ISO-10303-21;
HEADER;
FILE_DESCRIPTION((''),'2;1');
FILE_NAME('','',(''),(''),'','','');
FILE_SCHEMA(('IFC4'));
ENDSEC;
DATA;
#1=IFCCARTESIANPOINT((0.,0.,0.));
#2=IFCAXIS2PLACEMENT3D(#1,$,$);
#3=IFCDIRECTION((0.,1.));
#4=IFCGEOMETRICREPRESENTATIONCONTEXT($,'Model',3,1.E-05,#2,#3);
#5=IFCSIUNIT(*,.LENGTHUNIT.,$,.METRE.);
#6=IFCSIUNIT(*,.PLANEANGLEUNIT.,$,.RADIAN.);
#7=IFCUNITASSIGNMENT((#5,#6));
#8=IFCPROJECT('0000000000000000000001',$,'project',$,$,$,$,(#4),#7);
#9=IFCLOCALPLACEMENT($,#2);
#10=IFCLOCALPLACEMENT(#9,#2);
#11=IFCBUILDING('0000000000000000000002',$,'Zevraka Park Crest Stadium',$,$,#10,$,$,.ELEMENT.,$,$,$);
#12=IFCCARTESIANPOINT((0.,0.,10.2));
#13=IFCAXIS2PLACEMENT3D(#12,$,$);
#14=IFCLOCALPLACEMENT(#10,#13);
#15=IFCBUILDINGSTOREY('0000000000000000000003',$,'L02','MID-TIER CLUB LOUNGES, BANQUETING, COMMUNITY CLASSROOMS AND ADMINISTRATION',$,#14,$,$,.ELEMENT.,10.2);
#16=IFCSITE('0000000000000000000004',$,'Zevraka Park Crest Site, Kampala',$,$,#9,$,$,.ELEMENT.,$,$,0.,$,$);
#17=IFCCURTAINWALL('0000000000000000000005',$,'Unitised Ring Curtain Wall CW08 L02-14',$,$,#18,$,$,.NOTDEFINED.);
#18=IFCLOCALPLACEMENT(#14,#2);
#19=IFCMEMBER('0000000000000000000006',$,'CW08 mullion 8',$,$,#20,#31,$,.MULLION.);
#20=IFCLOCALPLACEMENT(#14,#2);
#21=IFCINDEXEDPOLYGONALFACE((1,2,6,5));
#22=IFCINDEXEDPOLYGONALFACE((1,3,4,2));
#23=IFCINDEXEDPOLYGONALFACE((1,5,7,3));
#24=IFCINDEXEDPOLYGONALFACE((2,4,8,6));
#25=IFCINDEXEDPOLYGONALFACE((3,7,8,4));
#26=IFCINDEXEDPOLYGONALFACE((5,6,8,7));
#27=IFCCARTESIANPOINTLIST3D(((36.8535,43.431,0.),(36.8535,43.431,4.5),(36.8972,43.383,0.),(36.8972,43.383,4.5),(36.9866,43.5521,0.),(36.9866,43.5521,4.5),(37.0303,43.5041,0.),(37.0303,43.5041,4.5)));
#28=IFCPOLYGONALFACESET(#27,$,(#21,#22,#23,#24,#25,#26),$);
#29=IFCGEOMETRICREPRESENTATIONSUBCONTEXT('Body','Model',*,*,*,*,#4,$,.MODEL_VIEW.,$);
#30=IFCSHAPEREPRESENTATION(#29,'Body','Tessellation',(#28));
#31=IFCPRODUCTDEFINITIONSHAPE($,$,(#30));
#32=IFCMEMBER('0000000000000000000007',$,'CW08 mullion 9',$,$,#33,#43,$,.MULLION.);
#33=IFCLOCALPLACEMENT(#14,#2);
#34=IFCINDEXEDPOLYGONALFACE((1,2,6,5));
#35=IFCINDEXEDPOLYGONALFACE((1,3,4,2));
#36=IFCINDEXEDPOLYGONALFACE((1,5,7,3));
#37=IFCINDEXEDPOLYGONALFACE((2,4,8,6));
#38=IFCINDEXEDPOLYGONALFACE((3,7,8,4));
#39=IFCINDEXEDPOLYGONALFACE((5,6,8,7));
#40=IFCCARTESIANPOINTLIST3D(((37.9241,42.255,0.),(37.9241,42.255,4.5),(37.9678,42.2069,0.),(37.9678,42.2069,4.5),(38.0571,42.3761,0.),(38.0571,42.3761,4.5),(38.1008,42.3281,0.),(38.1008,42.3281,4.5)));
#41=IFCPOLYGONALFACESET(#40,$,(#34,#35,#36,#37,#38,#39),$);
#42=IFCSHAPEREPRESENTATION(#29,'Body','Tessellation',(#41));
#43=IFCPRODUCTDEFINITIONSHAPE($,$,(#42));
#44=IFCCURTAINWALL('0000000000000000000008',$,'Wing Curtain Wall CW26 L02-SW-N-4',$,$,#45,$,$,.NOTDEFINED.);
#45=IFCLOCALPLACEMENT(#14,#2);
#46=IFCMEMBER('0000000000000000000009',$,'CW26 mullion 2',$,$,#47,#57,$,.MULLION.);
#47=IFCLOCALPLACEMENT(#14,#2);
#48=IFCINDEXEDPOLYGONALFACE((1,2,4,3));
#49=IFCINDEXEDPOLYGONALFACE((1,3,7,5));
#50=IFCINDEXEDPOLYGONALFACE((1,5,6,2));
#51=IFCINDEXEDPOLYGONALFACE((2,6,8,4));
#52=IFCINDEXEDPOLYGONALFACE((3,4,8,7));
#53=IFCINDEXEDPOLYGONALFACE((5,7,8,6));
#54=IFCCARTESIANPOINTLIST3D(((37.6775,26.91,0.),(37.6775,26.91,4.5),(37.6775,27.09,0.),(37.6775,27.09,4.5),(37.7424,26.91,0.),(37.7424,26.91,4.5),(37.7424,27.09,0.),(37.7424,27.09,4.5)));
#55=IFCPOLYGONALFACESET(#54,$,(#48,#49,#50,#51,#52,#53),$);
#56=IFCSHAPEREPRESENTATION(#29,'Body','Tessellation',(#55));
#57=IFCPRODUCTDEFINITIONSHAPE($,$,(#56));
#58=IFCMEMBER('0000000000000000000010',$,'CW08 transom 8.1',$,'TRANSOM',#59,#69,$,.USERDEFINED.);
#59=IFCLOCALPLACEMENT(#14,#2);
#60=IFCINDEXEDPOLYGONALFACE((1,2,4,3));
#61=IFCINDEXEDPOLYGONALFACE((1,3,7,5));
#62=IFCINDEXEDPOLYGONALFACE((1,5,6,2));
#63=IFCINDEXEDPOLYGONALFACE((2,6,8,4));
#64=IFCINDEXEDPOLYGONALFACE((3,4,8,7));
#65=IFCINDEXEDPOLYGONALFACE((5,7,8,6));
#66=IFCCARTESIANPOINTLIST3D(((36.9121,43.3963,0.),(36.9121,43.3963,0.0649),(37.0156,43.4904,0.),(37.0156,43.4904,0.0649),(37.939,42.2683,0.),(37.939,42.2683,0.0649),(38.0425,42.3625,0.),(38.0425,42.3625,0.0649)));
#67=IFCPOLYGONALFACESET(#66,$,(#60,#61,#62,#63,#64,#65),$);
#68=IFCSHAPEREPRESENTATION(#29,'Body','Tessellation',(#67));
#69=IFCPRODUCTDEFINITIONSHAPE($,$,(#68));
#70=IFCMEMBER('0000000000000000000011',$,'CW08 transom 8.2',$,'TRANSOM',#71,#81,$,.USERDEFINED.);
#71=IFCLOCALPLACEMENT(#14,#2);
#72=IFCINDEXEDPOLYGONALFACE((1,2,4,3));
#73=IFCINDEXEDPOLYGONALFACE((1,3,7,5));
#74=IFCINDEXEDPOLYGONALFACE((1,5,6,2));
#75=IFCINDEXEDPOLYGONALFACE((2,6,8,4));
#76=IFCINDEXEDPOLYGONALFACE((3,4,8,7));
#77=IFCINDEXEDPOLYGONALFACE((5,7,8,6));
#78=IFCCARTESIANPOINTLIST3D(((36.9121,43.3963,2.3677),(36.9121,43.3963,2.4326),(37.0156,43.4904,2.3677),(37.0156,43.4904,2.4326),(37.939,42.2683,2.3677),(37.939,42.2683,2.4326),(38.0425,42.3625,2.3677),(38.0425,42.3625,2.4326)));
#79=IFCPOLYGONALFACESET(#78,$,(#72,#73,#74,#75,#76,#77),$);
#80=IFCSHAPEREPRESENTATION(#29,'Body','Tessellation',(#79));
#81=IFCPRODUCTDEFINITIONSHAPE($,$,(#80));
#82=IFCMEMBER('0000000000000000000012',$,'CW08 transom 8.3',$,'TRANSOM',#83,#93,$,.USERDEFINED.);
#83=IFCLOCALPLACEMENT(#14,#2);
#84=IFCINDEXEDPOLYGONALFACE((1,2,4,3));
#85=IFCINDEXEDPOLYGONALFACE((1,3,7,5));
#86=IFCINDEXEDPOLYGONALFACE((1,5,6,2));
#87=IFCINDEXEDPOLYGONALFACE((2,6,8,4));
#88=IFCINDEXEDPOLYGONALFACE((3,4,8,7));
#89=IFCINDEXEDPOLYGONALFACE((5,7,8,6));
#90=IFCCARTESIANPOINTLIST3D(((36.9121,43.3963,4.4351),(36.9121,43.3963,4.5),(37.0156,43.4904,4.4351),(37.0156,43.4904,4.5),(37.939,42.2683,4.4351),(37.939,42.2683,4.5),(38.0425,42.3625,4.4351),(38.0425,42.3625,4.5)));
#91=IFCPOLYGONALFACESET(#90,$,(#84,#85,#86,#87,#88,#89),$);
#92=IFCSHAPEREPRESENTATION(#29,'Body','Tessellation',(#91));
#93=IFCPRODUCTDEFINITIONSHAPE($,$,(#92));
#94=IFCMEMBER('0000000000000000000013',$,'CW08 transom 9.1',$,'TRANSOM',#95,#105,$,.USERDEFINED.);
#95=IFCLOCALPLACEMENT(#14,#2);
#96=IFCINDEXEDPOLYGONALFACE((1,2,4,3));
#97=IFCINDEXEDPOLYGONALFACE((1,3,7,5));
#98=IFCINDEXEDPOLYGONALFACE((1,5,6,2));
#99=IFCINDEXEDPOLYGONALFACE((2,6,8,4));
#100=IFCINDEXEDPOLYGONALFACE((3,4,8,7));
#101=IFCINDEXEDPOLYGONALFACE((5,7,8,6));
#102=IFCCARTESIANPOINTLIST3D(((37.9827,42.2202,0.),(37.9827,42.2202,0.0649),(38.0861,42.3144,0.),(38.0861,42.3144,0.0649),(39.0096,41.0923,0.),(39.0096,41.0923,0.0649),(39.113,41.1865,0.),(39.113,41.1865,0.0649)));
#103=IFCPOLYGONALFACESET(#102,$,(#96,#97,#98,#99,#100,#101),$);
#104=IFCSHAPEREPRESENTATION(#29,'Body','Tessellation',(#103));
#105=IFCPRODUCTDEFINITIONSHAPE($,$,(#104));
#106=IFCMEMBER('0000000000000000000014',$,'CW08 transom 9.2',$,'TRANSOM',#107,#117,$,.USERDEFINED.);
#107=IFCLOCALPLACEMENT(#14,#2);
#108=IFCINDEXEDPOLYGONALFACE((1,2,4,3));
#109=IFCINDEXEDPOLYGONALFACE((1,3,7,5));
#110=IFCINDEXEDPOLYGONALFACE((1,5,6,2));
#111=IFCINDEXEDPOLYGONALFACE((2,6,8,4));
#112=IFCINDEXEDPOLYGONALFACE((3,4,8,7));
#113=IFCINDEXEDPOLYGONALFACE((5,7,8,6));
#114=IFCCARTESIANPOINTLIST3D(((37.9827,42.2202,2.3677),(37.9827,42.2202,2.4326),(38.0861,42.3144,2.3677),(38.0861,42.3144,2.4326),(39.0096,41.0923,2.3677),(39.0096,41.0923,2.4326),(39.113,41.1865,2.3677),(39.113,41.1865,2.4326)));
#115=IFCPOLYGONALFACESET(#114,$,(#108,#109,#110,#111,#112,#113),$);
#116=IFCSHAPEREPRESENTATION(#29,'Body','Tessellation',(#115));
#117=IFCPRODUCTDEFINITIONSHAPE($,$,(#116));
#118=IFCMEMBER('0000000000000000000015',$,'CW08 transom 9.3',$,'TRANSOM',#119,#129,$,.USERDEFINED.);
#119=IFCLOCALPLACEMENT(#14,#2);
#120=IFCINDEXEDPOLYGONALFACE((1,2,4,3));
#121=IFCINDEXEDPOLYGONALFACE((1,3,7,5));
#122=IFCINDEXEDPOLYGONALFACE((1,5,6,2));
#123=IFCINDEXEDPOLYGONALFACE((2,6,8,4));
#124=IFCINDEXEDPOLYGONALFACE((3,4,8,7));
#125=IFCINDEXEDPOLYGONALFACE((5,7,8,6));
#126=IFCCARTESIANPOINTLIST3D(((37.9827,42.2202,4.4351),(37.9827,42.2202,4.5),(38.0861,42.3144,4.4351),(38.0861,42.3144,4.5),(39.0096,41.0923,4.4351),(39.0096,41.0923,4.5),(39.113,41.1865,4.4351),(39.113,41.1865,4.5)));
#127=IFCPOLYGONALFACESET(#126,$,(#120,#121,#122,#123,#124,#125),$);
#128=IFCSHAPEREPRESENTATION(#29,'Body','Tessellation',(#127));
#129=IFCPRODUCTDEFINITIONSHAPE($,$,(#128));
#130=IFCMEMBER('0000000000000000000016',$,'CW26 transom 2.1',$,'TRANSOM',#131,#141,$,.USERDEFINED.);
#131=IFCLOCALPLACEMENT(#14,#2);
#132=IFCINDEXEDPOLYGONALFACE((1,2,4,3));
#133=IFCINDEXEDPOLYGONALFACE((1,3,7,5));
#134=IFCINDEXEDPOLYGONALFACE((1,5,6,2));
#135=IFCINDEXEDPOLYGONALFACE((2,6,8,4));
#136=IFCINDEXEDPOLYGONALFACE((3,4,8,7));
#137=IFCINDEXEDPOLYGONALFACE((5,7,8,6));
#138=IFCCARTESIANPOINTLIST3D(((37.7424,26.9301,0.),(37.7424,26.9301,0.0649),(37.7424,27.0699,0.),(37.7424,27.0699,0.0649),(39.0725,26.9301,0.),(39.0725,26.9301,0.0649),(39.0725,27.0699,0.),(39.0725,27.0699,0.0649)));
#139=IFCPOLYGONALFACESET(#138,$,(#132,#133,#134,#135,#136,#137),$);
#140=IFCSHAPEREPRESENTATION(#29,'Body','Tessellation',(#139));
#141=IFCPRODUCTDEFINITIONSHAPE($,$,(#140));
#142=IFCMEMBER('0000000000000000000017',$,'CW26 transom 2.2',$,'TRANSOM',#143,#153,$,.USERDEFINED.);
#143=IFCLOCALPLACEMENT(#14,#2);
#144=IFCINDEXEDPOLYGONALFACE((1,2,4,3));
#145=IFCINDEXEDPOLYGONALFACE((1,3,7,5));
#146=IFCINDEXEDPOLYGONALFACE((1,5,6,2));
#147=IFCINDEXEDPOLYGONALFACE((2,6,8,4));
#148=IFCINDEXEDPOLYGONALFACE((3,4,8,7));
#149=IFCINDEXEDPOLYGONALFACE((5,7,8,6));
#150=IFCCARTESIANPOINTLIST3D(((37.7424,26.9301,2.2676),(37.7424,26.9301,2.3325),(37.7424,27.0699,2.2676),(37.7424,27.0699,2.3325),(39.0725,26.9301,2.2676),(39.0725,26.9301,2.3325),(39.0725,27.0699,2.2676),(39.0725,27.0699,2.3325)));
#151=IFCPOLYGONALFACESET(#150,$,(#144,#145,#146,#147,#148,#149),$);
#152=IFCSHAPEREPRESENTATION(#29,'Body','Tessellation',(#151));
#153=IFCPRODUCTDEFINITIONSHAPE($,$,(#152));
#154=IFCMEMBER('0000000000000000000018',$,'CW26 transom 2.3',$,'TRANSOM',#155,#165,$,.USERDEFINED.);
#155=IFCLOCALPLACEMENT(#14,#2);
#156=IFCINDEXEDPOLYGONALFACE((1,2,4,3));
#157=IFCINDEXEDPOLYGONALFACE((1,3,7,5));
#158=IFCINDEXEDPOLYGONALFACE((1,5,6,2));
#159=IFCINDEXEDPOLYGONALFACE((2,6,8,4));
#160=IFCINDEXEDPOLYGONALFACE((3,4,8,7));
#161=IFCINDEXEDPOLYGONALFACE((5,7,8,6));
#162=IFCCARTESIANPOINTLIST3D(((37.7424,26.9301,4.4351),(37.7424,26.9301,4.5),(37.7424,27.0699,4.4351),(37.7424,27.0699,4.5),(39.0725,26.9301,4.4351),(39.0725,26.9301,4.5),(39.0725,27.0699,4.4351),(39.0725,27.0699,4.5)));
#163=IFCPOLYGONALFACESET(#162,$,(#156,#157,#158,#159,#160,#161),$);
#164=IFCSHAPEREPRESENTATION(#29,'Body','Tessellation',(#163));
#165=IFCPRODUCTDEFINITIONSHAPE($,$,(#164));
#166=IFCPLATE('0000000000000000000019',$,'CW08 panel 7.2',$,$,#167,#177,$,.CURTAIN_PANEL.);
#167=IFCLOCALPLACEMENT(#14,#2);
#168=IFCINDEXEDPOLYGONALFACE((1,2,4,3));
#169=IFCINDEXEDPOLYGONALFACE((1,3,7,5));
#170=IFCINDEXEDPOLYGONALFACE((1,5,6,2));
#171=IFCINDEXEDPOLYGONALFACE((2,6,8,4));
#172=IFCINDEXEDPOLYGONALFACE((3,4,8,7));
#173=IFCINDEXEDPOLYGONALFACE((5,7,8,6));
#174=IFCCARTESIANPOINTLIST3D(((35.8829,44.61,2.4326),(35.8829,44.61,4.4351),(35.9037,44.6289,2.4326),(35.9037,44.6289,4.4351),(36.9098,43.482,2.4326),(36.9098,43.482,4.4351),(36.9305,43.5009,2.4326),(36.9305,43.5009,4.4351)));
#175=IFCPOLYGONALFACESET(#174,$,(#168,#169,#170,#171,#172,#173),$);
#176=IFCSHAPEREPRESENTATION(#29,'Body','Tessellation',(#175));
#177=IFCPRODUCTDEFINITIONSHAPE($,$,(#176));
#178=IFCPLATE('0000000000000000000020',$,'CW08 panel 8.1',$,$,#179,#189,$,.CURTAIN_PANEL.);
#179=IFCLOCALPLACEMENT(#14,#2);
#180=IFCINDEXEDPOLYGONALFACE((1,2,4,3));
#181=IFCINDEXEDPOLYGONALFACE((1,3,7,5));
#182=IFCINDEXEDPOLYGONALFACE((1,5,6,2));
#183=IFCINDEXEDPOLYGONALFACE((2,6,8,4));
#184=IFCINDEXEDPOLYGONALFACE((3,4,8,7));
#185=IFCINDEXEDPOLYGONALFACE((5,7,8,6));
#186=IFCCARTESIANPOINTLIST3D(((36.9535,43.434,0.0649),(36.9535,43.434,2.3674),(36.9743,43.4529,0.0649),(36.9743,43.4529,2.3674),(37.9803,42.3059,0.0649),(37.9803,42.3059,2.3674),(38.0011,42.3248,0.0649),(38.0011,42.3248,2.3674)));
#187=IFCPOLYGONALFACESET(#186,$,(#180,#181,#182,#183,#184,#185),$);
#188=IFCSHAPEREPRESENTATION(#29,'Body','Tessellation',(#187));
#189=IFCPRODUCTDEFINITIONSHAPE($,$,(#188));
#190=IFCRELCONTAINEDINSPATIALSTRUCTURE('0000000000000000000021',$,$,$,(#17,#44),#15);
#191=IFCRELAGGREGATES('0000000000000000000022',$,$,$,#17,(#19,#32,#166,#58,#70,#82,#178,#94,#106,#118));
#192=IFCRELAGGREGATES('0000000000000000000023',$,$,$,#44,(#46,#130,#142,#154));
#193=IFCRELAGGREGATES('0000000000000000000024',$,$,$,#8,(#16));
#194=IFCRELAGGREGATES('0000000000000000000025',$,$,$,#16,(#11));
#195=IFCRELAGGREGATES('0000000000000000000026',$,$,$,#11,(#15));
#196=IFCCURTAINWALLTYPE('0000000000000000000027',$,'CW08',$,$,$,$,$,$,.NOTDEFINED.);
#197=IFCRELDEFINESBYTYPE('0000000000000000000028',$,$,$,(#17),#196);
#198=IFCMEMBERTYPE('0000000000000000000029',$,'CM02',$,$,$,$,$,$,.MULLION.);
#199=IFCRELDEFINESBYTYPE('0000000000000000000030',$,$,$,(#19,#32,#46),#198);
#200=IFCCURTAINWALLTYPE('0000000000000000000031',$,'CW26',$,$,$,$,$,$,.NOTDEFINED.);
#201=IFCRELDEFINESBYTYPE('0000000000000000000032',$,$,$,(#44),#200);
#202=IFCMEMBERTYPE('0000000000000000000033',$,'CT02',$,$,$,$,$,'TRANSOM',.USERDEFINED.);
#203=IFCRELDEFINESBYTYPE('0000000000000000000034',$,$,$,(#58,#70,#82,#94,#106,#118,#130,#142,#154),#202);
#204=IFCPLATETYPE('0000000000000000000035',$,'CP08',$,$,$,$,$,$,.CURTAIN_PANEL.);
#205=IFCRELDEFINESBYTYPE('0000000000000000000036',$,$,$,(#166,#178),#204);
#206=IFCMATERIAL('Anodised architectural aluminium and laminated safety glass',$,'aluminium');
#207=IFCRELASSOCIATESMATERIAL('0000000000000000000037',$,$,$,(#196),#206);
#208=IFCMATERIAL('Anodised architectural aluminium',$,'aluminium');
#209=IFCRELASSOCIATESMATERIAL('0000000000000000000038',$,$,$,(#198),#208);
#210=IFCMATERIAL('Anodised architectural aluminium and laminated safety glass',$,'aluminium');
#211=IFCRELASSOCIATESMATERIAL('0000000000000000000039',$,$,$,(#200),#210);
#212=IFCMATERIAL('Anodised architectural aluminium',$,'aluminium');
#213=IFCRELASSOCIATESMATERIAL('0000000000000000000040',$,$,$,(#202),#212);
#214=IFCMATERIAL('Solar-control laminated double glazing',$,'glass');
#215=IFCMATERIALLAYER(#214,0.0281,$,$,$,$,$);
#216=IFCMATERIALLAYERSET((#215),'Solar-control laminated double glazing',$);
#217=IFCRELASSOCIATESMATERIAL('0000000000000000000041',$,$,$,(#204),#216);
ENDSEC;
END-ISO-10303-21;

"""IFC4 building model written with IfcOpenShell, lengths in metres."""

from ifc_helpers import new_model, si_unit, direction, frame, origin, origin_2d, place, context, subcontext, project, spatial, rectangle, extrude, material, layer, layer_set, material_profile, profile_set, type_object, element, aggregate, save


model = new_model("IFC4")

# Units and contexts
model_context = context("Model", 3, precision=1e-05, world=origin(), true_north=direction((0.0, 1.0)))
body_context = subcontext(model_context, "Body", "Model", "MODEL_VIEW")
ifc_project = project(units=[si_unit("LENGTHUNIT", "METRE"), si_unit("PLANEANGLEUNIT", "RADIAN")], contexts=[model_context])

# Site, building, storey
site_placement = place(None, origin())
site = spatial("IfcSite", under=ifc_project, at=site_placement, Name="Zevraka Park Crest Site, Kampala", CompositionType="ELEMENT", RefElevation=0.0)
building_placement = place(site_placement, origin())
building = spatial("IfcBuilding", under=site, at=building_placement, Name="Zevraka Park Crest Stadium", CompositionType="ELEMENT")
storey_placement = place(building_placement, frame((0.0, 0.0, 10.2)))
storey = spatial("IfcBuildingStorey", under=building, at=storey_placement, Name="L02", Description="MID-TIER CLUB LOUNGES, BANQUETING, COMMUNITY CLASSROOMS AND ADMINISTRATION", CompositionType="ELEMENT", Elevation=10.2)

# Curtain wall, members
ifc_material_1 = material(Name="Anodised architectural aluminium and laminated safety glass", Category="aluminium")
curtain_wall_type_1 = type_object("IfcCurtainWallType", Name="CW08", PredefinedType="NOTDEFINED", material=ifc_material_1)
curtain_wall_1_placement = place(storey_placement, origin())
curtain_wall_1 = element("IfcCurtainWall", 1, at=curtain_wall_1_placement, inside=storey, type_object=curtain_wall_type_1, Name="Unitised Ring Curtain Wall CW08 L02-14", PredefinedType="NOTDEFINED")
ifc_material_2 = material(Name="Anodised architectural aluminium", Category="aluminium")
ifc_material_profile_1 = material_profile(ifc_material_2, rectangle(XDim=0.1799, YDim=0.0649, at=origin_2d()), Name="ALU MULLION 180x65")
ifc_profile_set_1 = profile_set([ifc_material_profile_1], Name="Anodised architectural aluminium")
member_type_1 = type_object("IfcMemberType", Name="CM02", PredefinedType="MULLION", material=ifc_profile_set_1)
member_1_placement = place(storey_placement, frame((36.9419, 43.4675, 0.0), z_axis=(0.0, 0.0, 1.0), x_axis=(0.739497, 0.67316, 0.0)))
member_1 = element("IfcMember", 2, at=member_1_placement, type_object=member_type_1, Name="CW08 mullion 8", PredefinedType="MULLION", context=body_context, shape_type="SweptSolid", body=[
    extrude(rectangle(XDim=0.1799, YDim=0.0649, at=origin_2d()), origin(), (0.0, 0.0, 1.0), 4.5),
])
member_2_placement = place(storey_placement, frame((38.0125, 42.2915, 0.0), z_axis=(0.0, 0.0, 1.0), x_axis=(0.739497, 0.67316, 0.0)))
member_2 = element("IfcMember", 3, at=member_2_placement, type_object=member_type_1, Name="CW08 mullion 9", PredefinedType="MULLION", context=body_context, shape_type="SweptSolid", body=[
    extrude(rectangle(XDim=0.1799, YDim=0.0649, at=origin_2d()), origin(), (0.0, 0.0, 1.0), 4.5),
])

# Curtain wall, member
ifc_material_3 = material(Name="Anodised architectural aluminium and laminated safety glass", Category="aluminium")
curtain_wall_type_2 = type_object("IfcCurtainWallType", Name="CW26", PredefinedType="NOTDEFINED", material=ifc_material_3)
curtain_wall_2_placement = place(storey_placement, origin())
curtain_wall_2 = element("IfcCurtainWall", 4, at=curtain_wall_2_placement, inside=storey, type_object=curtain_wall_type_2, Name="Wing Curtain Wall CW26 L02-SW-N-4", PredefinedType="NOTDEFINED")
member_3_placement = place(storey_placement, frame((37.71, 27.0, 0.0), z_axis=(0.0, 0.0, 1.0), x_axis=(0.0, 1.0, 0.0)))
member_3 = element("IfcMember", 5, at=member_3_placement, type_object=member_type_1, Name="CW26 mullion 2", PredefinedType="MULLION", context=body_context, shape_type="SweptSolid", body=[
    extrude(rectangle(XDim=0.1799, YDim=0.0649, at=origin_2d()), origin(), (0.0, 0.0, 1.0), 4.5),
])

# Members
ifc_material_4 = material(Name="Anodised architectural aluminium", Category="aluminium")
ifc_material_profile_2 = material_profile(ifc_material_4, rectangle(XDim=0.1399, YDim=0.0649, at=origin_2d()), Name="ALU TRANSOM 140x65")
ifc_profile_set_2 = profile_set([ifc_material_profile_2], Name="Anodised architectural aluminium")
member_type_2 = type_object("IfcMemberType", Name="CT02", ElementType="TRANSOM", PredefinedType="USERDEFINED", material=ifc_profile_set_2)
member_4_placement = place(storey_placement, frame((36.9639, 43.4434, 0.0325), z_axis=(0.673198, -0.739462, 0.0), x_axis=(0.739462, 0.673198, 0.0)))
member_4 = element("IfcMember", 6, at=member_4_placement, type_object=member_type_2, Name="CW08 transom 8.1", ObjectType="TRANSOM", PredefinedType="USERDEFINED", context=body_context, shape_type="SweptSolid", body=[
    extrude(rectangle(XDim=0.1399, YDim=0.0649, at=origin_2d()), origin(), (0.0, 0.0, 1.0), 1.5254),
])
member_5_placement = place(storey_placement, frame((36.9639, 43.4434, 2.4001), z_axis=(0.673198, -0.739462, 0.0), x_axis=(0.739462, 0.673198, 0.0)))
member_5 = element("IfcMember", 7, at=member_5_placement, type_object=member_type_2, Name="CW08 transom 8.2", ObjectType="TRANSOM", PredefinedType="USERDEFINED", context=body_context, shape_type="SweptSolid", body=[
    extrude(rectangle(XDim=0.1399, YDim=0.0649, at=origin_2d()), origin(), (0.0, 0.0, 1.0), 1.5254),
])
member_6_placement = place(storey_placement, frame((36.9639, 43.4434, 4.4675), z_axis=(0.673198, -0.739462, 0.0), x_axis=(0.739462, 0.673198, 0.0)))
member_6 = element("IfcMember", 8, at=member_6_placement, type_object=member_type_2, Name="CW08 transom 8.3", ObjectType="TRANSOM", PredefinedType="USERDEFINED", context=body_context, shape_type="SweptSolid", body=[
    extrude(rectangle(XDim=0.1399, YDim=0.0649, at=origin_2d()), origin(), (0.0, 0.0, 1.0), 1.5254),
])
member_7_placement = place(storey_placement, frame((38.0344, 42.2673, 0.0325), z_axis=(0.673198, -0.739462, 0.0), x_axis=(0.739462, 0.673198, 0.0)))
member_7 = element("IfcMember", 9, at=member_7_placement, type_object=member_type_2, Name="CW08 transom 9.1", ObjectType="TRANSOM", PredefinedType="USERDEFINED", context=body_context, shape_type="SweptSolid", body=[
    extrude(rectangle(XDim=0.1399, YDim=0.0649, at=origin_2d()), origin(), (0.0, 0.0, 1.0), 1.5254),
])
member_8_placement = place(storey_placement, frame((38.0344, 42.2673, 2.4001), z_axis=(0.673198, -0.739462, 0.0), x_axis=(0.739462, 0.673198, 0.0)))
member_8 = element("IfcMember", 10, at=member_8_placement, type_object=member_type_2, Name="CW08 transom 9.2", ObjectType="TRANSOM", PredefinedType="USERDEFINED", context=body_context, shape_type="SweptSolid", body=[
    extrude(rectangle(XDim=0.1399, YDim=0.0649, at=origin_2d()), origin(), (0.0, 0.0, 1.0), 1.5254),
])
member_9_placement = place(storey_placement, frame((38.0344, 42.2673, 4.4675), z_axis=(0.673198, -0.739462, 0.0), x_axis=(0.739462, 0.673198, 0.0)))
member_9 = element("IfcMember", 11, at=member_9_placement, type_object=member_type_2, Name="CW08 transom 9.3", ObjectType="TRANSOM", PredefinedType="USERDEFINED", context=body_context, shape_type="SweptSolid", body=[
    extrude(rectangle(XDim=0.1399, YDim=0.0649, at=origin_2d()), origin(), (0.0, 0.0, 1.0), 1.5254),
])
member_10_placement = place(storey_placement, frame((37.7424, 27.0, 0.0325), z_axis=(1.0, 0.0, 0.0), x_axis=(0.0, 1.0, 0.0)))
member_10 = element("IfcMember", 12, at=member_10_placement, type_object=member_type_2, Name="CW26 transom 2.1", ObjectType="TRANSOM", PredefinedType="USERDEFINED", context=body_context, shape_type="SweptSolid", body=[
    extrude(rectangle(XDim=0.1399, YDim=0.0649, at=origin_2d()), origin(), (0.0, 0.0, 1.0), 1.3301),
])
member_11_placement = place(storey_placement, frame((37.7424, 27.0, 2.3), z_axis=(1.0, 0.0, 0.0), x_axis=(0.0, 1.0, 0.0)))
member_11 = element("IfcMember", 13, at=member_11_placement, type_object=member_type_2, Name="CW26 transom 2.2", ObjectType="TRANSOM", PredefinedType="USERDEFINED", context=body_context, shape_type="SweptSolid", body=[
    extrude(rectangle(XDim=0.1399, YDim=0.0649, at=origin_2d()), origin(), (0.0, 0.0, 1.0), 1.3301),
])
member_12_placement = place(storey_placement, frame((37.7424, 27.0, 4.4675), z_axis=(1.0, 0.0, 0.0), x_axis=(0.0, 1.0, 0.0)))
member_12 = element("IfcMember", 14, at=member_12_placement, type_object=member_type_2, Name="CW26 transom 2.3", ObjectType="TRANSOM", PredefinedType="USERDEFINED", context=body_context, shape_type="SweptSolid", body=[
    extrude(rectangle(XDim=0.1399, YDim=0.0649, at=origin_2d()), origin(), (0.0, 0.0, 1.0), 1.3301),
])

# Plates
ifc_material_5 = material(Name="Solar-control laminated double glazing", Category="glass")
ifc_layer_1 = layer(ifc_material_5, 0.0281)
ifc_layer_set_1 = layer_set([ifc_layer_1], Name="Solar-control laminated double glazing")
plate_type_1 = type_object("IfcPlateType", Name="CP08", PredefinedType="CURTAIN_PANEL", material=ifc_layer_set_1)
plate_1_placement = place(storey_placement, frame((36.4067, 44.0554, 2.4326), z_axis=(0.0, 0.0, 1.0), x_axis=(0.67316, -0.739497, 0.0)))
plate_1 = element("IfcPlate", 15, at=plate_1_placement, type_object=plate_type_1, Name="CW08 panel 7.2", PredefinedType="CURTAIN_PANEL", context=body_context, shape_type="SweptSolid", body=[
    extrude(rectangle(XDim=1.5254, YDim=0.0281, at=origin_2d()), origin(), (0.0, 0.0, 1.0), 2.0024),
])
plate_2_placement = place(storey_placement, frame((37.4773, 42.8794, 0.0649), z_axis=(0.0, 0.0, 1.0), x_axis=(0.67316, -0.739497, 0.0)))
plate_2 = element("IfcPlate", 16, at=plate_2_placement, type_object=plate_type_1, Name="CW08 panel 8.1", PredefinedType="CURTAIN_PANEL", context=body_context, shape_type="SweptSolid", body=[
    extrude(rectangle(XDim=1.5254, YDim=0.0281, at=origin_2d()), origin(), (0.0, 0.0, 1.0), 2.3025),
])
aggregate(curtain_wall_1, [member_1, member_2, plate_1, member_4, member_5, member_6, plate_2, member_7, member_8, member_9])
aggregate(curtain_wall_2, [member_3, member_10, member_11, member_12])

save(model, "model.ifc")
